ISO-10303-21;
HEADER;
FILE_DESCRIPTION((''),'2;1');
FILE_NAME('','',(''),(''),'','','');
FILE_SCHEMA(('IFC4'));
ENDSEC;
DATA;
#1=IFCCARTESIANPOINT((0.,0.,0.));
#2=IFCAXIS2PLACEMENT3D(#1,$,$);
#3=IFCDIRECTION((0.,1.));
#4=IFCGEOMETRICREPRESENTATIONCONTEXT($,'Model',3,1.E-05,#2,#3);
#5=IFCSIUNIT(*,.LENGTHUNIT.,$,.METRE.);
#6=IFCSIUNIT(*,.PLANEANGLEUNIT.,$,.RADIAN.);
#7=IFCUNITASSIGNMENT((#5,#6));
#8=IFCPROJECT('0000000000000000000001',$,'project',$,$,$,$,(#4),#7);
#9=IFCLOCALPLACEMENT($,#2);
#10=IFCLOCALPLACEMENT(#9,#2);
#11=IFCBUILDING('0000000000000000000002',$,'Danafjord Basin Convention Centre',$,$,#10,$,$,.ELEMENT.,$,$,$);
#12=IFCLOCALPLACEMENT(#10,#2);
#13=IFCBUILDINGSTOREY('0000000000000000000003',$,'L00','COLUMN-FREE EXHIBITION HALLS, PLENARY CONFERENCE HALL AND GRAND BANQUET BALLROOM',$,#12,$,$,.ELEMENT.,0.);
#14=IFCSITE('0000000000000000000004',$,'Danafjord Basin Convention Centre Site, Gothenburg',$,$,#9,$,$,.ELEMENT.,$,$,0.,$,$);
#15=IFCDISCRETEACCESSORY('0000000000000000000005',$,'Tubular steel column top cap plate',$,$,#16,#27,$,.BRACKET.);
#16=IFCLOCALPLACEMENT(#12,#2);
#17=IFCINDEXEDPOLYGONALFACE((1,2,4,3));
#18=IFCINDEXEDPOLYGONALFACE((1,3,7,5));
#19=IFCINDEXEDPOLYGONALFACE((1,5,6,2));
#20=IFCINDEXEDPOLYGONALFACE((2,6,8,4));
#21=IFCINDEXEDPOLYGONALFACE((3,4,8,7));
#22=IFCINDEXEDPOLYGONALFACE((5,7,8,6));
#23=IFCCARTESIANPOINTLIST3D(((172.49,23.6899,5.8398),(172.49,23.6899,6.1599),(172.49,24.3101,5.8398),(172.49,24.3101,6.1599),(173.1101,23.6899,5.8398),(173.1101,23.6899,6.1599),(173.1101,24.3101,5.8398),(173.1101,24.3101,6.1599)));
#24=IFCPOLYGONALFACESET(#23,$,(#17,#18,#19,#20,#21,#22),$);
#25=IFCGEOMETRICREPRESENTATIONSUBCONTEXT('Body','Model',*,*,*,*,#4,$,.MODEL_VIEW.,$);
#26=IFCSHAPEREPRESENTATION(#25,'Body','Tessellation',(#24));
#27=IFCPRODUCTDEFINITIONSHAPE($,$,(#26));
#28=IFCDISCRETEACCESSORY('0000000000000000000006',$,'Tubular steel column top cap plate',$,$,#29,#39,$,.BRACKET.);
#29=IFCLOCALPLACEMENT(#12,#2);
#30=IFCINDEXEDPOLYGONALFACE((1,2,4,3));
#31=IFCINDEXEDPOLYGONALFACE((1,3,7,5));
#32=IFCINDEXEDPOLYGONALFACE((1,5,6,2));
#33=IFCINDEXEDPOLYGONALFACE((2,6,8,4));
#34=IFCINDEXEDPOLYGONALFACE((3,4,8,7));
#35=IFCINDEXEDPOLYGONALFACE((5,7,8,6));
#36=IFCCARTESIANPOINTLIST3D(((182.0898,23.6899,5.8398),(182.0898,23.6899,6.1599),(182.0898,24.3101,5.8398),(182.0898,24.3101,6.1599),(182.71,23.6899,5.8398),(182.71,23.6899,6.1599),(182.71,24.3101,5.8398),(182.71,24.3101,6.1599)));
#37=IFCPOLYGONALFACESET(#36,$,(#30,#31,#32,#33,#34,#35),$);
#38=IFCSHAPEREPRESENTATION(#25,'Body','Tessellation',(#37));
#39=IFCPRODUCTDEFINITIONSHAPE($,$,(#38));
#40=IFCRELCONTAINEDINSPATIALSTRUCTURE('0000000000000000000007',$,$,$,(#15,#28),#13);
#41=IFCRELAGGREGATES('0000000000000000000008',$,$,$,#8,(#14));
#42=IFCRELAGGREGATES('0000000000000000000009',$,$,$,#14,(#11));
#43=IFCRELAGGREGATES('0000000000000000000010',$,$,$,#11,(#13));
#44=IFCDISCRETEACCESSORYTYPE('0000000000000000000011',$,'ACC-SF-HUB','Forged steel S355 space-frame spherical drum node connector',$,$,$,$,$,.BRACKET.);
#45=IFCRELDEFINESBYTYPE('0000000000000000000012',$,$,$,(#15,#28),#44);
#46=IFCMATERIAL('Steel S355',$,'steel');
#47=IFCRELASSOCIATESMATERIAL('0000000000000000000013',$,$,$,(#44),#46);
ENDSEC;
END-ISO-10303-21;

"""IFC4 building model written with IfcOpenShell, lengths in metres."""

from ifc_helpers import new_model, si_unit, direction, frame, origin, origin_2d, place, context, subcontext, project, spatial, rectangle, extrude, material, type_object, element, save


model = new_model("IFC4")

# Units and contexts
model_context = context("Model", 3, precision=1e-05, world=origin(), true_north=direction((0.0, 1.0)))
body_context = subcontext(model_context, "Body", "Model", "MODEL_VIEW")
ifc_project = project(units=[si_unit("LENGTHUNIT", "METRE"), si_unit("PLANEANGLEUNIT", "RADIAN")], contexts=[model_context])

# Site, building, storey
site_placement = place(None, origin())
site = spatial("IfcSite", under=ifc_project, at=site_placement, Name="Danafjord Basin Convention Centre Site, Gothenburg", CompositionType="ELEMENT", RefElevation=0.0)
building_placement = place(site_placement, origin())
building = spatial("IfcBuilding", under=site, at=building_placement, Name="Danafjord Basin Convention Centre", CompositionType="ELEMENT")
storey_placement = place(building_placement, origin())
storey = spatial("IfcBuildingStorey", under=building, at=storey_placement, Name="L00", Description="COLUMN-FREE EXHIBITION HALLS, PLENARY CONFERENCE HALL AND GRAND BANQUET BALLROOM", CompositionType="ELEMENT", Elevation=0.0)

# Shared definitions
ifc_material_1 = material(Name="Steel S355", Category="steel")

# Discrete accessories
discrete_accessory_type = type_object("IfcDiscreteAccessoryType", Name="ACC-SF-HUB", Description="Forged steel S355 space-frame spherical drum node connector", PredefinedType="BRACKET", material=ifc_material_1)
for number, where, z_axis, x_axis, name in (
    (1, (172.8, 24.0, 5.8398), (0.0, 0.0, 1.0), (1.0, 0.0, 0.0), "Tubular steel column top cap plate"),
    (2, (182.3999, 24.0, 5.8398), (0.0, 0.0, 1.0), (1.0, 0.0, 0.0), "Tubular steel column top cap plate"),
):
    element("IfcDiscreteAccessory", number, at=place(storey_placement, frame(where, z_axis=z_axis, x_axis=x_axis)), inside=storey, type_object=discrete_accessory_type, Name=name, PredefinedType="BRACKET", context=body_context, shape_type="SweptSolid", body=[
        extrude(rectangle(XDim=0.6201, YDim=0.6201, at=origin_2d()), origin(), (0.0, 0.0, 1.0), 0.3201),
    ])

save(model, "model.ifc")
